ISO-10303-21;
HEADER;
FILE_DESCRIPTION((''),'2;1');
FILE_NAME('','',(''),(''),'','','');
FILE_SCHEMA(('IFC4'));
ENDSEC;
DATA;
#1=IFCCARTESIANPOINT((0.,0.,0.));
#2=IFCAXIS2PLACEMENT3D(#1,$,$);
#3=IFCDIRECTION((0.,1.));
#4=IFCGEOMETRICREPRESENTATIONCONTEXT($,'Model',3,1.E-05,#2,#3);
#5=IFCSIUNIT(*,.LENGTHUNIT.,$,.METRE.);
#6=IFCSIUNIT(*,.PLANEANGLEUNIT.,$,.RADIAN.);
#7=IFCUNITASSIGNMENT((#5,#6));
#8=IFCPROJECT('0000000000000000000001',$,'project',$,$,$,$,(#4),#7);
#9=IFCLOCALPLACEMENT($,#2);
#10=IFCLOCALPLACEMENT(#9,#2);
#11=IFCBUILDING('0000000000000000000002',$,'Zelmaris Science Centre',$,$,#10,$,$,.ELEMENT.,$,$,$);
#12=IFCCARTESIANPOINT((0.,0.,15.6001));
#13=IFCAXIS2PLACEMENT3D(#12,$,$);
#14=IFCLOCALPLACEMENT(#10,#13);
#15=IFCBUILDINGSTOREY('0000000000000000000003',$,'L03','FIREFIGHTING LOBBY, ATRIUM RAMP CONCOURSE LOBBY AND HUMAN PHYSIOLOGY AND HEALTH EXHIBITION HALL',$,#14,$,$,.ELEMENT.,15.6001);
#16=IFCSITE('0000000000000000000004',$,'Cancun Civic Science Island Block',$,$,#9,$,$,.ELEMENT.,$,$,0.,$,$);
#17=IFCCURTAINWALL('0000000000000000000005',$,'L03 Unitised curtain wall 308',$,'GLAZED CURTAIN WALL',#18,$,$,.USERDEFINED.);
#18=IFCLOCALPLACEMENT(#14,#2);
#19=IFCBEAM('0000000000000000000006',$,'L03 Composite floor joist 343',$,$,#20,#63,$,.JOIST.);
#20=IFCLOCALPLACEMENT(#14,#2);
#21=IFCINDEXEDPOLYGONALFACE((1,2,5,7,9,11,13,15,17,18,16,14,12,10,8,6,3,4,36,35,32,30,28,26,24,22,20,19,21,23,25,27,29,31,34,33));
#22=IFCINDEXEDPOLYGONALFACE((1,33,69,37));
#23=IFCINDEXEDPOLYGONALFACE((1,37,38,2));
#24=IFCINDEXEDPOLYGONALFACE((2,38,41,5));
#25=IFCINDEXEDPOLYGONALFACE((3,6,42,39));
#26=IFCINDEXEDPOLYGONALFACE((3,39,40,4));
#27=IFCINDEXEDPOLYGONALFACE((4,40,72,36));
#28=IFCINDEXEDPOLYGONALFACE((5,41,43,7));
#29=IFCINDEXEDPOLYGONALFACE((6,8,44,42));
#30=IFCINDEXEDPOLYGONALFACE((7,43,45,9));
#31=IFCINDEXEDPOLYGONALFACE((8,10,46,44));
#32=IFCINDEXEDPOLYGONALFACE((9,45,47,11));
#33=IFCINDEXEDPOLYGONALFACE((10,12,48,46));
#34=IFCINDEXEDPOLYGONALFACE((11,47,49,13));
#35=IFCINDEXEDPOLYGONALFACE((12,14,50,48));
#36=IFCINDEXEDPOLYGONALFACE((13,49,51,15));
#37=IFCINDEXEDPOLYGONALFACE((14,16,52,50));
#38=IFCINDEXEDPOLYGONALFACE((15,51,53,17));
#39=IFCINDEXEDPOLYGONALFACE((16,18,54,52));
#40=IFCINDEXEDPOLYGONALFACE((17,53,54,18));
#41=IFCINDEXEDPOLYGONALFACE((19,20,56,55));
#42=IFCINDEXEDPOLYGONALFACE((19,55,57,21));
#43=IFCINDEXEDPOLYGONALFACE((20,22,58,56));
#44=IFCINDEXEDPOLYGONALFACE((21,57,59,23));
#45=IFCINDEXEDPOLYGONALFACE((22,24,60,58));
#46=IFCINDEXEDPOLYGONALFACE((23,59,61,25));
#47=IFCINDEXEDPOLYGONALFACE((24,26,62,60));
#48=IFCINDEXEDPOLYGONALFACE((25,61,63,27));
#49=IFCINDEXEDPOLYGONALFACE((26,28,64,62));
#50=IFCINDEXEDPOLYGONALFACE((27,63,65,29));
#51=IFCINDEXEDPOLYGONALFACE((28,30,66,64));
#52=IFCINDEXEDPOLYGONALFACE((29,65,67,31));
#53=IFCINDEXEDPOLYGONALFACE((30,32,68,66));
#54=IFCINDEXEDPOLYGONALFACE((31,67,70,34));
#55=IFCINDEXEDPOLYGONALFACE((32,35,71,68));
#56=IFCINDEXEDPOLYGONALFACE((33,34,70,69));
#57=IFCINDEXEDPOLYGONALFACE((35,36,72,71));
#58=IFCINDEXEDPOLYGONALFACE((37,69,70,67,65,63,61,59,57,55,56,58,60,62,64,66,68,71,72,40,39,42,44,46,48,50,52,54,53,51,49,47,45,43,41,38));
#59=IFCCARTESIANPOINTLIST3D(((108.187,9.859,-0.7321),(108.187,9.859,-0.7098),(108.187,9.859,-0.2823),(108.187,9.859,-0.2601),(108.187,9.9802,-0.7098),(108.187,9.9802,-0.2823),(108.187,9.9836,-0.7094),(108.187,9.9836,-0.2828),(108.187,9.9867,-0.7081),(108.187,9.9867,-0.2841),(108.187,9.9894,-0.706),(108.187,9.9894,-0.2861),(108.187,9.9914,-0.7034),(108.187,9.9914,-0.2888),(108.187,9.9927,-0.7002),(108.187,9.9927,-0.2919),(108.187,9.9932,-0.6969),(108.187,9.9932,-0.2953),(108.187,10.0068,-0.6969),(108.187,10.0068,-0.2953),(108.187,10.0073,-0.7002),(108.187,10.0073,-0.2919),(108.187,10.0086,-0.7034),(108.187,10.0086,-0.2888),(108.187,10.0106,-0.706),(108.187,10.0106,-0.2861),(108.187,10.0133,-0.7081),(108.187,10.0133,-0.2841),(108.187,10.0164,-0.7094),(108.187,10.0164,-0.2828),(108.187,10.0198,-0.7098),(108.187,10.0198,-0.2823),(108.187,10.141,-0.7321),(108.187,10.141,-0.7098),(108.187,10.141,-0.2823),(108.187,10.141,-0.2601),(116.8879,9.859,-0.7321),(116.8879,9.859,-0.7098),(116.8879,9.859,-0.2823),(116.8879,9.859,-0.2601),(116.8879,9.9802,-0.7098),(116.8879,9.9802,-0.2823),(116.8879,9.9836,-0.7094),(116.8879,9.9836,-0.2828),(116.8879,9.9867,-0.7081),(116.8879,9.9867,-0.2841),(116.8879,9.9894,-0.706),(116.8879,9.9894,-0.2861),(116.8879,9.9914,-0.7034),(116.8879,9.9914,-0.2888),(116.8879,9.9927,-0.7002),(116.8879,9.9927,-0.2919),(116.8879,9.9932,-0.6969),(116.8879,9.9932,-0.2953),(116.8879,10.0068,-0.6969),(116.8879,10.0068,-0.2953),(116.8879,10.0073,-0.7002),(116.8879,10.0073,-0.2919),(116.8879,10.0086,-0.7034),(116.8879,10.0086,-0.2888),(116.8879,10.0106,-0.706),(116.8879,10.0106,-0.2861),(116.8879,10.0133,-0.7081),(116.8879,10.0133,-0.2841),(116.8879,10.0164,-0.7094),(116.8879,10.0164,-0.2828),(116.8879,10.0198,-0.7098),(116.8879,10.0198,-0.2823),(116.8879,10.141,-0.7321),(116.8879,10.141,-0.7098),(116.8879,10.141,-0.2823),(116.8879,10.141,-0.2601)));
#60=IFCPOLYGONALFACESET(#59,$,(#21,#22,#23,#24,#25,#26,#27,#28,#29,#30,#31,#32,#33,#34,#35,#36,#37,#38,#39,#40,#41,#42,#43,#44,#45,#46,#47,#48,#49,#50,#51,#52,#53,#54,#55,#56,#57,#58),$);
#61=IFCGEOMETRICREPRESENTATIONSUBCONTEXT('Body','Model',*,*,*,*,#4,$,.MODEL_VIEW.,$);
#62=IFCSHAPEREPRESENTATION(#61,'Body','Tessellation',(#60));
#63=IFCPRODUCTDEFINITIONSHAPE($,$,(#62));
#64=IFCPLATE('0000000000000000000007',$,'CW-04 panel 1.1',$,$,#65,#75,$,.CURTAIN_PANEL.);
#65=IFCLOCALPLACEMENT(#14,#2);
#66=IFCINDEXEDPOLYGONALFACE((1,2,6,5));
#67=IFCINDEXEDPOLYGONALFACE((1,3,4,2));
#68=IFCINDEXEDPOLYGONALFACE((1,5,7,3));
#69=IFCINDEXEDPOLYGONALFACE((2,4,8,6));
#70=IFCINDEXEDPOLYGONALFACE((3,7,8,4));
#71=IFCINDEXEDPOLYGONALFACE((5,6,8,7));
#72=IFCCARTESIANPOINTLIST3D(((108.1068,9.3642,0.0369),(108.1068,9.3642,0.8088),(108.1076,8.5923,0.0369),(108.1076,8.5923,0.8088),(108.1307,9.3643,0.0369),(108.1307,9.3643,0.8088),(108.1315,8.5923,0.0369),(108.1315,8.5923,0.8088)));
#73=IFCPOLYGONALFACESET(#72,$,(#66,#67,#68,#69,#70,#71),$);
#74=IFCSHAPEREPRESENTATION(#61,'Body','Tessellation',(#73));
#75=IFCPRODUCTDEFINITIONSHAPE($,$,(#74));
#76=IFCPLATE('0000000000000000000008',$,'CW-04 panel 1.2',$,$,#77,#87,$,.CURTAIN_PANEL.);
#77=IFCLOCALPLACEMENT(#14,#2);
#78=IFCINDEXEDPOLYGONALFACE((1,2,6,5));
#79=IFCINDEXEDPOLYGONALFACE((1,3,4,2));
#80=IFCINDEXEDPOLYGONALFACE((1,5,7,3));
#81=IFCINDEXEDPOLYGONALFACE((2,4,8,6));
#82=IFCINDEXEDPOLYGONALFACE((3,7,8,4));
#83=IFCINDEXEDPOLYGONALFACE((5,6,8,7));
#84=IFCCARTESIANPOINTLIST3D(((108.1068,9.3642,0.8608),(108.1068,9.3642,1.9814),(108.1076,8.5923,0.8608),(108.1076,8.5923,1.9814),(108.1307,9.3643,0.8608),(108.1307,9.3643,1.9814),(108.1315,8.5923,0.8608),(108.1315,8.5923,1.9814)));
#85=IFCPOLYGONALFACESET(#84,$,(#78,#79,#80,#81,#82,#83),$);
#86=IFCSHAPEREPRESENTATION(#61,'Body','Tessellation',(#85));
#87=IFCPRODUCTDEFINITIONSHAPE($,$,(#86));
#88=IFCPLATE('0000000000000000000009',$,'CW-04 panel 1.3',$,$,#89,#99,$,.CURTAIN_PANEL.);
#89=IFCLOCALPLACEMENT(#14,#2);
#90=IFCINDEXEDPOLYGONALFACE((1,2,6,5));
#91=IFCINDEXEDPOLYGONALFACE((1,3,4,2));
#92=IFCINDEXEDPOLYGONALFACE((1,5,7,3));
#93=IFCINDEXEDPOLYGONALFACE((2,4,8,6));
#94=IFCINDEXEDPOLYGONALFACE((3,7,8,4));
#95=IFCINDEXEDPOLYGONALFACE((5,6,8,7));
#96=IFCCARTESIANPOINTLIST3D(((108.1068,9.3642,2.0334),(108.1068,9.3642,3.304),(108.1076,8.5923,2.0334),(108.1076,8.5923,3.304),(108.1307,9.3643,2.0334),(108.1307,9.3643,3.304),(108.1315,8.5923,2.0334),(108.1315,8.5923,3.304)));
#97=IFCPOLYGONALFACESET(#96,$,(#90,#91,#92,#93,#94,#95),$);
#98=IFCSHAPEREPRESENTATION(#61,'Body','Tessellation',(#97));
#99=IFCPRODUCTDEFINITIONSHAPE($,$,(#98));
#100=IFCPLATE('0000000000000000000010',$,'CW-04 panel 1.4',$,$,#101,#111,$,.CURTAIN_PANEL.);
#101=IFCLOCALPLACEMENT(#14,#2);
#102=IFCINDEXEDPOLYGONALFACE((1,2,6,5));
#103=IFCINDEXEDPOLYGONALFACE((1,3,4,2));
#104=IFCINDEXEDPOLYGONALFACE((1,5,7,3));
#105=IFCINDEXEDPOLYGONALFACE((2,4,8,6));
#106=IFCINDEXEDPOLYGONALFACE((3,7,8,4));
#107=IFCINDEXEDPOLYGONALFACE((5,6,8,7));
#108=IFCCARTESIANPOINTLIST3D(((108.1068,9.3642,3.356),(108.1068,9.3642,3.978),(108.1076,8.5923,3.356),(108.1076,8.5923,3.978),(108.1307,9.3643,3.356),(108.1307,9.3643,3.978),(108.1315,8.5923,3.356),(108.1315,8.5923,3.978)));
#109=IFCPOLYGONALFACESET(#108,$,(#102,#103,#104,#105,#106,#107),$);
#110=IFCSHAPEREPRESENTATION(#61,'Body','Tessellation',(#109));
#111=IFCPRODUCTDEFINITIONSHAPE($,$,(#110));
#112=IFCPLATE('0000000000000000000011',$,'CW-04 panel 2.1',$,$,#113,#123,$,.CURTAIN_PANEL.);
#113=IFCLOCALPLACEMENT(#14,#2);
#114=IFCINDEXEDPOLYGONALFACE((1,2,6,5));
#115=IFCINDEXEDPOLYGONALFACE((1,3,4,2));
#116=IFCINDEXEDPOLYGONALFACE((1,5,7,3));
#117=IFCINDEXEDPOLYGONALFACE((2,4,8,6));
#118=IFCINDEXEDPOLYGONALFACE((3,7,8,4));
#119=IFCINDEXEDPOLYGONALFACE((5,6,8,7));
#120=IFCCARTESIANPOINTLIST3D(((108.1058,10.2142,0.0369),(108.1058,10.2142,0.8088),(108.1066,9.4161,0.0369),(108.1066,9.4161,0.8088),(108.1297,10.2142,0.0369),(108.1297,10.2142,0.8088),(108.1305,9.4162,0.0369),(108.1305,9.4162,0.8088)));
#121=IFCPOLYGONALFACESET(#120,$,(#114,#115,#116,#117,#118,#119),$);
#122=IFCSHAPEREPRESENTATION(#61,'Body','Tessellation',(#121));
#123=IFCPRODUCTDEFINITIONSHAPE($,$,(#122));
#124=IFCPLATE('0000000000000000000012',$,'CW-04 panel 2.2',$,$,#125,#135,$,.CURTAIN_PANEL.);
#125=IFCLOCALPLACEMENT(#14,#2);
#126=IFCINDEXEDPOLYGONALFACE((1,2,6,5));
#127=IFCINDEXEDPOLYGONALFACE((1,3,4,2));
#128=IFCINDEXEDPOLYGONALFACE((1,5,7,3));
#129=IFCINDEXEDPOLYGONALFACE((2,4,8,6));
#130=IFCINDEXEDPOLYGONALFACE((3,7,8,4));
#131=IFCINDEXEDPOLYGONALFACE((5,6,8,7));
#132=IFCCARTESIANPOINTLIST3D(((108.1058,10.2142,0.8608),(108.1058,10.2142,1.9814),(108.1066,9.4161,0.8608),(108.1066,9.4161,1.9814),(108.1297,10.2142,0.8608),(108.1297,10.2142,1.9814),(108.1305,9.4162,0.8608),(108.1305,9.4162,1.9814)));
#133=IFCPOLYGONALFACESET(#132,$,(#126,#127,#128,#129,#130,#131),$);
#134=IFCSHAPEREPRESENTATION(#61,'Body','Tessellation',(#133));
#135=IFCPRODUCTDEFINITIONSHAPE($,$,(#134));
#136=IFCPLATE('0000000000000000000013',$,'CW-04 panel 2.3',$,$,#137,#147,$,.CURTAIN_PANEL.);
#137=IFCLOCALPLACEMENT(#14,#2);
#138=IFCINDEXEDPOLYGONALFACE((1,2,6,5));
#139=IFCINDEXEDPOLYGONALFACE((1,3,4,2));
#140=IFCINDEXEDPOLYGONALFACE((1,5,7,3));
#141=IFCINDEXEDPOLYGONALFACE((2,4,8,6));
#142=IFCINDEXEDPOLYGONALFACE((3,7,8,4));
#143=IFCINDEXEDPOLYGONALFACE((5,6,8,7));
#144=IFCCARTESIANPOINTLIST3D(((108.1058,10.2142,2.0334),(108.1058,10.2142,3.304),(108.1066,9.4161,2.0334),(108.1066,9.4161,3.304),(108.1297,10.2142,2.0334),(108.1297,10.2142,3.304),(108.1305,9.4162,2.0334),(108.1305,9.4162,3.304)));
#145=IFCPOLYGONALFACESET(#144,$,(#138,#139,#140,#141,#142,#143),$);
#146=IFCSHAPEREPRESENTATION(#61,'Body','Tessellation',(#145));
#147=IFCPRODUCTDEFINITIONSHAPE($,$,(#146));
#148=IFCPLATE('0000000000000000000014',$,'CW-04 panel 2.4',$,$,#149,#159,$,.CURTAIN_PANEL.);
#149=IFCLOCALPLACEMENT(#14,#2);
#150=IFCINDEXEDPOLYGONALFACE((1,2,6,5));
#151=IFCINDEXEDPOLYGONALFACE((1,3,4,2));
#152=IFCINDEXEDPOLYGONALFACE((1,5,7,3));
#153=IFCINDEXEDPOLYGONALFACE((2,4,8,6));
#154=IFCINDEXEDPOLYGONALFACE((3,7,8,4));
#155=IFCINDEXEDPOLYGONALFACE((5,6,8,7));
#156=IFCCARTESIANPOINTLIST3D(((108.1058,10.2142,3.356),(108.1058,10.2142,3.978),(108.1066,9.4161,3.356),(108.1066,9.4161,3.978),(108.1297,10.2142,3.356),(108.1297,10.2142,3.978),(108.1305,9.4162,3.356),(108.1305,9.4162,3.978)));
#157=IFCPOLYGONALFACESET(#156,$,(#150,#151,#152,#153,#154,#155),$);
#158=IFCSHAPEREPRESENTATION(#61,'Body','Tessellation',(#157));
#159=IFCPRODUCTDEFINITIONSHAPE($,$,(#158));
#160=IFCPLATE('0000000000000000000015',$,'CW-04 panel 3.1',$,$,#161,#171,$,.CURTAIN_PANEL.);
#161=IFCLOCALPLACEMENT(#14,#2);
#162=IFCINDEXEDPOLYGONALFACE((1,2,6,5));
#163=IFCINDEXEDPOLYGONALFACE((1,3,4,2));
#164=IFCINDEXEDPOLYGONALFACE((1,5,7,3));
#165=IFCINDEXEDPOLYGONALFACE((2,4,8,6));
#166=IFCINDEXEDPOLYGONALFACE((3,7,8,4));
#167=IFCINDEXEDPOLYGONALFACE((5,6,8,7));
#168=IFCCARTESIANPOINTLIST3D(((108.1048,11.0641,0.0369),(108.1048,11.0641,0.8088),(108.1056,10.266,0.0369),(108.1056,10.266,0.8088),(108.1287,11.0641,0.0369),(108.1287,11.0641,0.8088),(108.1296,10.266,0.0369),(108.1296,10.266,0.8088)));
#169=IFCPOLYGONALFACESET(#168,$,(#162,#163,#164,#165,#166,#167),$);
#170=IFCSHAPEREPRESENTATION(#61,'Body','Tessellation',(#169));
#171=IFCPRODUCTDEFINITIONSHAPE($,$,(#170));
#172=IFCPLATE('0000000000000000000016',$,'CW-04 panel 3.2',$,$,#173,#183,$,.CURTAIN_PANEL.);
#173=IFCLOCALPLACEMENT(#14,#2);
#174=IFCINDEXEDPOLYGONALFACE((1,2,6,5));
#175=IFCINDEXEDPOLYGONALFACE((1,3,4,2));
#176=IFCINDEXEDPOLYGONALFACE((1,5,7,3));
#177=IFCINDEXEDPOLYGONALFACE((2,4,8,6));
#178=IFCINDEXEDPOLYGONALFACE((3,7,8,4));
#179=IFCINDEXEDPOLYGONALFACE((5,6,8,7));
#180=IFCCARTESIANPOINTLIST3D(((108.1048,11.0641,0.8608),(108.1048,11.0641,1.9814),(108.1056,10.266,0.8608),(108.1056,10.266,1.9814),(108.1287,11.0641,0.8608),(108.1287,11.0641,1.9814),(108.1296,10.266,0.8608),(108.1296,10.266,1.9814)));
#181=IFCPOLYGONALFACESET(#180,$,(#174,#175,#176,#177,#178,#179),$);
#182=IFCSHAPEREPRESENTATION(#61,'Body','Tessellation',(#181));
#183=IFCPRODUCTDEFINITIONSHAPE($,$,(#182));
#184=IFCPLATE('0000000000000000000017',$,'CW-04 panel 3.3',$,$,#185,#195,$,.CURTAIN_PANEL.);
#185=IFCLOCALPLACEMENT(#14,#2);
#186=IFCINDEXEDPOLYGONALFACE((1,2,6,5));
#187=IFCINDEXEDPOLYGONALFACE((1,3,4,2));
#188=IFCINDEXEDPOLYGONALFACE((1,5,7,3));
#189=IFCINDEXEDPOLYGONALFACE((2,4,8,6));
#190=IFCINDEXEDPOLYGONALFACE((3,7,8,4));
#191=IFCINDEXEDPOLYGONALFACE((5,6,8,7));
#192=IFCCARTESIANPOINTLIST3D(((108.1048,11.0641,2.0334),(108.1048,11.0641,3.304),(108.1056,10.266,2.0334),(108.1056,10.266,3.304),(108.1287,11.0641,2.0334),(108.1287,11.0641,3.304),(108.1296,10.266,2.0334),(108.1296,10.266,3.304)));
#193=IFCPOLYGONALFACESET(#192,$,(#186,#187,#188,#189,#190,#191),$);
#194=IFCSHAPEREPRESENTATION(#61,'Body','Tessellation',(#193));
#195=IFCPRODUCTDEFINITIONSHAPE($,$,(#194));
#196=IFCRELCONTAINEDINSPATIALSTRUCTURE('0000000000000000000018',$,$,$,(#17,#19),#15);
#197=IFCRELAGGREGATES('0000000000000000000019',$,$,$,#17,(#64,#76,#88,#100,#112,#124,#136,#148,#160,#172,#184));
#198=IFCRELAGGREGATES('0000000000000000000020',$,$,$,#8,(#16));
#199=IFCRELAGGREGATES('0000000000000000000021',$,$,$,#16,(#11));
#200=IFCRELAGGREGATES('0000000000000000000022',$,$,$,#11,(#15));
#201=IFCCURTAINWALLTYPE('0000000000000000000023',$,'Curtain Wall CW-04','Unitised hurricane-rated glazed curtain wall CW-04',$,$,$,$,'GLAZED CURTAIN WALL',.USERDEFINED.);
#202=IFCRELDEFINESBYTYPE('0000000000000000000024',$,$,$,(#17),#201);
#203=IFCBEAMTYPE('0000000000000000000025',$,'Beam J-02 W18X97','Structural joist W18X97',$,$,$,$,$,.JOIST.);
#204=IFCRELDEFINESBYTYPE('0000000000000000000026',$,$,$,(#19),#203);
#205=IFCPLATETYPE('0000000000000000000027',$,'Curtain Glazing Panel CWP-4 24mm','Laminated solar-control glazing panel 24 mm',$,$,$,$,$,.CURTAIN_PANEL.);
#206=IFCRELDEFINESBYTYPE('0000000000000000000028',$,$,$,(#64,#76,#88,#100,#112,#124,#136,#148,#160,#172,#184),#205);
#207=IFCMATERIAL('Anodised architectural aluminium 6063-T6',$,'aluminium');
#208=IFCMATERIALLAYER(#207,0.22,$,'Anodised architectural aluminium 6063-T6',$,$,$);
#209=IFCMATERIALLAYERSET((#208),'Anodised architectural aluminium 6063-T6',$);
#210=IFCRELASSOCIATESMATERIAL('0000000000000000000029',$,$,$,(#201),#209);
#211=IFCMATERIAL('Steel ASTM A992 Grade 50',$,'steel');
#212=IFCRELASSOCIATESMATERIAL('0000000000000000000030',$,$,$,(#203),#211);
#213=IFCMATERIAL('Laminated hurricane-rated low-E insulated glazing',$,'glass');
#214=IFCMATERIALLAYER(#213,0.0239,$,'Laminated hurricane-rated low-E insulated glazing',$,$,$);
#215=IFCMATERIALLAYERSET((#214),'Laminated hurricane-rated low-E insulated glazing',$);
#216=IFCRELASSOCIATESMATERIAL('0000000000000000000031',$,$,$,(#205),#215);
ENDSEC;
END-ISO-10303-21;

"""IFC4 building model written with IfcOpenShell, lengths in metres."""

from ifc_helpers import new_model, si_unit, direction, frame, origin, origin_2d, place, context, subcontext, project, spatial, rectangle, i_section, extrude, material, layer, layer_set, material_profile, profile_set, type_object, element, aggregate, save


model = new_model("IFC4")

# Units and contexts
model_context = context("Model", 3, precision=1e-05, world=origin(), true_north=direction((0.0, 1.0)))
body_context = subcontext(model_context, "Body", "Model", "MODEL_VIEW")
ifc_project = project(units=[si_unit("LENGTHUNIT", "METRE"), si_unit("PLANEANGLEUNIT", "RADIAN")], contexts=[model_context])

# Site, building, storey
site_placement = place(None, origin())
site = spatial("IfcSite", under=ifc_project, at=site_placement, Name="Cancun Civic Science Island Block", CompositionType="ELEMENT", RefElevation=0.0)
building_placement = place(site_placement, origin())
building = spatial("IfcBuilding", under=site, at=building_placement, Name="Zelmaris Science Centre", CompositionType="ELEMENT")
storey_placement = place(building_placement, frame((0.0, 0.0, 15.6001)))
storey = spatial("IfcBuildingStorey", under=building, at=storey_placement, Name="L03", Description="FIREFIGHTING LOBBY, ATRIUM RAMP CONCOURSE LOBBY AND HUMAN PHYSIOLOGY AND HEALTH EXHIBITION HALL", CompositionType="ELEMENT", Elevation=15.6001)

# Curtain wall
ifc_material_1 = material(Name="Anodised architectural aluminium 6063-T6", Category="aluminium")
ifc_layer_1 = layer(ifc_material_1, 0.22, Name="Anodised architectural aluminium 6063-T6")
ifc_layer_set_1 = layer_set([ifc_layer_1], Name="Anodised architectural aluminium 6063-T6")
curtain_wall_type = type_object("IfcCurtainWallType", Name="Curtain Wall CW-04", Description="Unitised hurricane-rated glazed curtain wall CW-04", ElementType="GLAZED CURTAIN WALL", PredefinedType="USERDEFINED", material=ifc_layer_set_1)
curtain_wall_placement = place(storey_placement, origin())
curtain_wall = element("IfcCurtainWall", 1, at=curtain_wall_placement, inside=storey, type_object=curtain_wall_type, Name="L03 Unitised curtain wall 308", ObjectType="GLAZED CURTAIN WALL", PredefinedType="USERDEFINED")

# Beam
ifc_material_2 = material(Name="Steel ASTM A992 Grade 50", Category="steel")
ifc_material_profile_1 = material_profile(ifc_material_2, i_section(OverallWidth=0.282, OverallDepth=0.4719, WebThickness=0.0137, FlangeThickness=0.0222, FilletRadius=0.0129, at=origin_2d()), Name="W18X97")
ifc_profile_set_1 = profile_set([ifc_material_profile_1], Name="Steel ASTM A992 Grade 50")
beam_type_1 = type_object("IfcBeamType", Name="Beam J-02 W18X97", Description="Structural joist W18X97", PredefinedType="JOIST", material=ifc_profile_set_1)
beam_1_placement = place(storey_placement, frame((108.187, 10.0, -0.4961), z_axis=(1.0, 0.0, 0.0), x_axis=(0.0, 1.0, 0.0)))
element("IfcBeam", 2, at=beam_1_placement, inside=storey, type_object=beam_type_1, Name="L03 Composite floor joist 343", PredefinedType="JOIST", context=body_context, shape_type="SweptSolid", body=[
    extrude(i_section(OverallWidth=0.282, OverallDepth=0.4719, WebThickness=0.0137, FlangeThickness=0.0222, FilletRadius=0.0129, at=origin_2d()), origin(), (0.0, 0.0, 1.0), 8.7009),
])

# Plates
ifc_material_3 = material(Name="Laminated hurricane-rated low-E insulated glazing", Category="glass")
ifc_layer_2 = layer(ifc_material_3, 0.0239, Name="Laminated hurricane-rated low-E insulated glazing")
ifc_layer_set_2 = layer_set([ifc_layer_2], Name="Laminated hurricane-rated low-E insulated glazing")
plate_type = type_object("IfcPlateType", Name="Curtain Glazing Panel CWP-4 24mm", Description="Laminated solar-control glazing panel 24 mm", PredefinedType="CURTAIN_PANEL", material=ifc_layer_set_2)
plate_1_placement = place(storey_placement, frame((108.1191, 8.9783, 0.0369), z_axis=(0.0, 0.0, 1.0), x_axis=(-0.001059, 0.999999, 0.0)))
plate_1 = element("IfcPlate", 3, at=plate_1_placement, type_object=plate_type, Name="CW-04 panel 1.1", PredefinedType="CURTAIN_PANEL", context=body_context, shape_type="SweptSolid", body=[
    extrude(rectangle(XDim=0.772, YDim=0.0239, at=origin_2d()), origin(), (0.0, 0.0, 1.0), 0.772),
])
plate_2_placement = place(storey_placement, frame((108.1191, 8.9783, 0.8608), z_axis=(0.0, 0.0, 1.0), x_axis=(-0.001059, 0.999999, 0.0)))
plate_2 = element("IfcPlate", 4, at=plate_2_placement, type_object=plate_type, Name="CW-04 panel 1.2", PredefinedType="CURTAIN_PANEL", context=body_context, shape_type="SweptSolid", body=[
    extrude(rectangle(XDim=0.772, YDim=0.0239, at=origin_2d()), origin(), (0.0, 0.0, 1.0), 1.1206),
])
plate_3_placement = place(storey_placement, frame((108.1191, 8.9783, 2.0334), z_axis=(0.0, 0.0, 1.0), x_axis=(-0.001059, 0.999999, 0.0)))
plate_3 = element("IfcPlate", 5, at=plate_3_placement, type_object=plate_type, Name="CW-04 panel 1.3", PredefinedType="CURTAIN_PANEL", context=body_context, shape_type="SweptSolid", body=[
    extrude(rectangle(XDim=0.772, YDim=0.0239, at=origin_2d()), origin(), (0.0, 0.0, 1.0), 1.2705),
])
plate_4_placement = place(storey_placement, frame((108.1191, 8.9783, 3.356), z_axis=(0.0, 0.0, 1.0), x_axis=(-0.001059, 0.999999, 0.0)))
plate_4 = element("IfcPlate", 6, at=plate_4_placement, type_object=plate_type, Name="CW-04 panel 1.4", PredefinedType="CURTAIN_PANEL", context=body_context, shape_type="SweptSolid", body=[
    extrude(rectangle(XDim=0.772, YDim=0.0239, at=origin_2d()), origin(), (0.0, 0.0, 1.0), 0.6221),
])
plate_5_placement = place(storey_placement, frame((108.1182, 9.8152, 0.0369), z_axis=(0.0, 0.0, 1.0), x_axis=(-0.001059, 0.999999, 0.0)))
plate_5 = element("IfcPlate", 7, at=plate_5_placement, type_object=plate_type, Name="CW-04 panel 2.1", PredefinedType="CURTAIN_PANEL", context=body_context, shape_type="SweptSolid", body=[
    extrude(rectangle(XDim=0.7981, YDim=0.0239, at=origin_2d()), origin(), (0.0, 0.0, 1.0), 0.772),
])
plate_6_placement = place(storey_placement, frame((108.1182, 9.8152, 0.8608), z_axis=(0.0, 0.0, 1.0), x_axis=(-0.001059, 0.999999, 0.0)))
plate_6 = element("IfcPlate", 8, at=plate_6_placement, type_object=plate_type, Name="CW-04 panel 2.2", PredefinedType="CURTAIN_PANEL", context=body_context, shape_type="SweptSolid", body=[
    extrude(rectangle(XDim=0.7981, YDim=0.0239, at=origin_2d()), origin(), (0.0, 0.0, 1.0), 1.1206),
])
plate_7_placement = place(storey_placement, frame((108.1182, 9.8152, 2.0334), z_axis=(0.0, 0.0, 1.0), x_axis=(-0.001059, 0.999999, 0.0)))
plate_7 = element("IfcPlate", 9, at=plate_7_placement, type_object=plate_type, Name="CW-04 panel 2.3", PredefinedType="CURTAIN_PANEL", context=body_context, shape_type="SweptSolid", body=[
    extrude(rectangle(XDim=0.7981, YDim=0.0239, at=origin_2d()), origin(), (0.0, 0.0, 1.0), 1.2705),
])
plate_8_placement = place(storey_placement, frame((108.1182, 9.8152, 3.356), z_axis=(0.0, 0.0, 1.0), x_axis=(-0.001059, 0.999999, 0.0)))
plate_8 = element("IfcPlate", 10, at=plate_8_placement, type_object=plate_type, Name="CW-04 panel 2.4", PredefinedType="CURTAIN_PANEL", context=body_context, shape_type="SweptSolid", body=[
    extrude(rectangle(XDim=0.7981, YDim=0.0239, at=origin_2d()), origin(), (0.0, 0.0, 1.0), 0.6221),
])
plate_9_placement = place(storey_placement, frame((108.1172, 10.665, 0.0369), z_axis=(0.0, 0.0, 1.0), x_axis=(-0.001059, 0.999999, 0.0)))
plate_9 = element("IfcPlate", 11, at=plate_9_placement, type_object=plate_type, Name="CW-04 panel 3.1", PredefinedType="CURTAIN_PANEL", context=body_context, shape_type="SweptSolid", body=[
    extrude(rectangle(XDim=0.7981, YDim=0.0239, at=origin_2d()), origin(), (0.0, 0.0, 1.0), 0.772),
])
plate_10_placement = place(storey_placement, frame((108.1172, 10.665, 0.8608), z_axis=(0.0, 0.0, 1.0), x_axis=(-0.001059, 0.999999, 0.0)))
plate_10 = element("IfcPlate", 12, at=plate_10_placement, type_object=plate_type, Name="CW-04 panel 3.2", PredefinedType="CURTAIN_PANEL", context=body_context, shape_type="SweptSolid", body=[
    extrude(rectangle(XDim=0.7981, YDim=0.0239, at=origin_2d()), origin(), (0.0, 0.0, 1.0), 1.1206),
])
plate_11_placement = place(storey_placement, frame((108.1172, 10.665, 2.0334), z_axis=(0.0, 0.0, 1.0), x_axis=(-0.001059, 0.999999, 0.0)))
plate_11 = element("IfcPlate", 13, at=plate_11_placement, type_object=plate_type, Name="CW-04 panel 3.3", PredefinedType="CURTAIN_PANEL", context=body_context, shape_type="SweptSolid", body=[
    extrude(rectangle(XDim=0.7981, YDim=0.0239, at=origin_2d()), origin(), (0.0, 0.0, 1.0), 1.2705),
])
aggregate(curtain_wall, [plate_1, plate_2, plate_3, plate_4, plate_5, plate_6, plate_7, plate_8, plate_9, plate_10, plate_11])

save(model, "model.ifc")
